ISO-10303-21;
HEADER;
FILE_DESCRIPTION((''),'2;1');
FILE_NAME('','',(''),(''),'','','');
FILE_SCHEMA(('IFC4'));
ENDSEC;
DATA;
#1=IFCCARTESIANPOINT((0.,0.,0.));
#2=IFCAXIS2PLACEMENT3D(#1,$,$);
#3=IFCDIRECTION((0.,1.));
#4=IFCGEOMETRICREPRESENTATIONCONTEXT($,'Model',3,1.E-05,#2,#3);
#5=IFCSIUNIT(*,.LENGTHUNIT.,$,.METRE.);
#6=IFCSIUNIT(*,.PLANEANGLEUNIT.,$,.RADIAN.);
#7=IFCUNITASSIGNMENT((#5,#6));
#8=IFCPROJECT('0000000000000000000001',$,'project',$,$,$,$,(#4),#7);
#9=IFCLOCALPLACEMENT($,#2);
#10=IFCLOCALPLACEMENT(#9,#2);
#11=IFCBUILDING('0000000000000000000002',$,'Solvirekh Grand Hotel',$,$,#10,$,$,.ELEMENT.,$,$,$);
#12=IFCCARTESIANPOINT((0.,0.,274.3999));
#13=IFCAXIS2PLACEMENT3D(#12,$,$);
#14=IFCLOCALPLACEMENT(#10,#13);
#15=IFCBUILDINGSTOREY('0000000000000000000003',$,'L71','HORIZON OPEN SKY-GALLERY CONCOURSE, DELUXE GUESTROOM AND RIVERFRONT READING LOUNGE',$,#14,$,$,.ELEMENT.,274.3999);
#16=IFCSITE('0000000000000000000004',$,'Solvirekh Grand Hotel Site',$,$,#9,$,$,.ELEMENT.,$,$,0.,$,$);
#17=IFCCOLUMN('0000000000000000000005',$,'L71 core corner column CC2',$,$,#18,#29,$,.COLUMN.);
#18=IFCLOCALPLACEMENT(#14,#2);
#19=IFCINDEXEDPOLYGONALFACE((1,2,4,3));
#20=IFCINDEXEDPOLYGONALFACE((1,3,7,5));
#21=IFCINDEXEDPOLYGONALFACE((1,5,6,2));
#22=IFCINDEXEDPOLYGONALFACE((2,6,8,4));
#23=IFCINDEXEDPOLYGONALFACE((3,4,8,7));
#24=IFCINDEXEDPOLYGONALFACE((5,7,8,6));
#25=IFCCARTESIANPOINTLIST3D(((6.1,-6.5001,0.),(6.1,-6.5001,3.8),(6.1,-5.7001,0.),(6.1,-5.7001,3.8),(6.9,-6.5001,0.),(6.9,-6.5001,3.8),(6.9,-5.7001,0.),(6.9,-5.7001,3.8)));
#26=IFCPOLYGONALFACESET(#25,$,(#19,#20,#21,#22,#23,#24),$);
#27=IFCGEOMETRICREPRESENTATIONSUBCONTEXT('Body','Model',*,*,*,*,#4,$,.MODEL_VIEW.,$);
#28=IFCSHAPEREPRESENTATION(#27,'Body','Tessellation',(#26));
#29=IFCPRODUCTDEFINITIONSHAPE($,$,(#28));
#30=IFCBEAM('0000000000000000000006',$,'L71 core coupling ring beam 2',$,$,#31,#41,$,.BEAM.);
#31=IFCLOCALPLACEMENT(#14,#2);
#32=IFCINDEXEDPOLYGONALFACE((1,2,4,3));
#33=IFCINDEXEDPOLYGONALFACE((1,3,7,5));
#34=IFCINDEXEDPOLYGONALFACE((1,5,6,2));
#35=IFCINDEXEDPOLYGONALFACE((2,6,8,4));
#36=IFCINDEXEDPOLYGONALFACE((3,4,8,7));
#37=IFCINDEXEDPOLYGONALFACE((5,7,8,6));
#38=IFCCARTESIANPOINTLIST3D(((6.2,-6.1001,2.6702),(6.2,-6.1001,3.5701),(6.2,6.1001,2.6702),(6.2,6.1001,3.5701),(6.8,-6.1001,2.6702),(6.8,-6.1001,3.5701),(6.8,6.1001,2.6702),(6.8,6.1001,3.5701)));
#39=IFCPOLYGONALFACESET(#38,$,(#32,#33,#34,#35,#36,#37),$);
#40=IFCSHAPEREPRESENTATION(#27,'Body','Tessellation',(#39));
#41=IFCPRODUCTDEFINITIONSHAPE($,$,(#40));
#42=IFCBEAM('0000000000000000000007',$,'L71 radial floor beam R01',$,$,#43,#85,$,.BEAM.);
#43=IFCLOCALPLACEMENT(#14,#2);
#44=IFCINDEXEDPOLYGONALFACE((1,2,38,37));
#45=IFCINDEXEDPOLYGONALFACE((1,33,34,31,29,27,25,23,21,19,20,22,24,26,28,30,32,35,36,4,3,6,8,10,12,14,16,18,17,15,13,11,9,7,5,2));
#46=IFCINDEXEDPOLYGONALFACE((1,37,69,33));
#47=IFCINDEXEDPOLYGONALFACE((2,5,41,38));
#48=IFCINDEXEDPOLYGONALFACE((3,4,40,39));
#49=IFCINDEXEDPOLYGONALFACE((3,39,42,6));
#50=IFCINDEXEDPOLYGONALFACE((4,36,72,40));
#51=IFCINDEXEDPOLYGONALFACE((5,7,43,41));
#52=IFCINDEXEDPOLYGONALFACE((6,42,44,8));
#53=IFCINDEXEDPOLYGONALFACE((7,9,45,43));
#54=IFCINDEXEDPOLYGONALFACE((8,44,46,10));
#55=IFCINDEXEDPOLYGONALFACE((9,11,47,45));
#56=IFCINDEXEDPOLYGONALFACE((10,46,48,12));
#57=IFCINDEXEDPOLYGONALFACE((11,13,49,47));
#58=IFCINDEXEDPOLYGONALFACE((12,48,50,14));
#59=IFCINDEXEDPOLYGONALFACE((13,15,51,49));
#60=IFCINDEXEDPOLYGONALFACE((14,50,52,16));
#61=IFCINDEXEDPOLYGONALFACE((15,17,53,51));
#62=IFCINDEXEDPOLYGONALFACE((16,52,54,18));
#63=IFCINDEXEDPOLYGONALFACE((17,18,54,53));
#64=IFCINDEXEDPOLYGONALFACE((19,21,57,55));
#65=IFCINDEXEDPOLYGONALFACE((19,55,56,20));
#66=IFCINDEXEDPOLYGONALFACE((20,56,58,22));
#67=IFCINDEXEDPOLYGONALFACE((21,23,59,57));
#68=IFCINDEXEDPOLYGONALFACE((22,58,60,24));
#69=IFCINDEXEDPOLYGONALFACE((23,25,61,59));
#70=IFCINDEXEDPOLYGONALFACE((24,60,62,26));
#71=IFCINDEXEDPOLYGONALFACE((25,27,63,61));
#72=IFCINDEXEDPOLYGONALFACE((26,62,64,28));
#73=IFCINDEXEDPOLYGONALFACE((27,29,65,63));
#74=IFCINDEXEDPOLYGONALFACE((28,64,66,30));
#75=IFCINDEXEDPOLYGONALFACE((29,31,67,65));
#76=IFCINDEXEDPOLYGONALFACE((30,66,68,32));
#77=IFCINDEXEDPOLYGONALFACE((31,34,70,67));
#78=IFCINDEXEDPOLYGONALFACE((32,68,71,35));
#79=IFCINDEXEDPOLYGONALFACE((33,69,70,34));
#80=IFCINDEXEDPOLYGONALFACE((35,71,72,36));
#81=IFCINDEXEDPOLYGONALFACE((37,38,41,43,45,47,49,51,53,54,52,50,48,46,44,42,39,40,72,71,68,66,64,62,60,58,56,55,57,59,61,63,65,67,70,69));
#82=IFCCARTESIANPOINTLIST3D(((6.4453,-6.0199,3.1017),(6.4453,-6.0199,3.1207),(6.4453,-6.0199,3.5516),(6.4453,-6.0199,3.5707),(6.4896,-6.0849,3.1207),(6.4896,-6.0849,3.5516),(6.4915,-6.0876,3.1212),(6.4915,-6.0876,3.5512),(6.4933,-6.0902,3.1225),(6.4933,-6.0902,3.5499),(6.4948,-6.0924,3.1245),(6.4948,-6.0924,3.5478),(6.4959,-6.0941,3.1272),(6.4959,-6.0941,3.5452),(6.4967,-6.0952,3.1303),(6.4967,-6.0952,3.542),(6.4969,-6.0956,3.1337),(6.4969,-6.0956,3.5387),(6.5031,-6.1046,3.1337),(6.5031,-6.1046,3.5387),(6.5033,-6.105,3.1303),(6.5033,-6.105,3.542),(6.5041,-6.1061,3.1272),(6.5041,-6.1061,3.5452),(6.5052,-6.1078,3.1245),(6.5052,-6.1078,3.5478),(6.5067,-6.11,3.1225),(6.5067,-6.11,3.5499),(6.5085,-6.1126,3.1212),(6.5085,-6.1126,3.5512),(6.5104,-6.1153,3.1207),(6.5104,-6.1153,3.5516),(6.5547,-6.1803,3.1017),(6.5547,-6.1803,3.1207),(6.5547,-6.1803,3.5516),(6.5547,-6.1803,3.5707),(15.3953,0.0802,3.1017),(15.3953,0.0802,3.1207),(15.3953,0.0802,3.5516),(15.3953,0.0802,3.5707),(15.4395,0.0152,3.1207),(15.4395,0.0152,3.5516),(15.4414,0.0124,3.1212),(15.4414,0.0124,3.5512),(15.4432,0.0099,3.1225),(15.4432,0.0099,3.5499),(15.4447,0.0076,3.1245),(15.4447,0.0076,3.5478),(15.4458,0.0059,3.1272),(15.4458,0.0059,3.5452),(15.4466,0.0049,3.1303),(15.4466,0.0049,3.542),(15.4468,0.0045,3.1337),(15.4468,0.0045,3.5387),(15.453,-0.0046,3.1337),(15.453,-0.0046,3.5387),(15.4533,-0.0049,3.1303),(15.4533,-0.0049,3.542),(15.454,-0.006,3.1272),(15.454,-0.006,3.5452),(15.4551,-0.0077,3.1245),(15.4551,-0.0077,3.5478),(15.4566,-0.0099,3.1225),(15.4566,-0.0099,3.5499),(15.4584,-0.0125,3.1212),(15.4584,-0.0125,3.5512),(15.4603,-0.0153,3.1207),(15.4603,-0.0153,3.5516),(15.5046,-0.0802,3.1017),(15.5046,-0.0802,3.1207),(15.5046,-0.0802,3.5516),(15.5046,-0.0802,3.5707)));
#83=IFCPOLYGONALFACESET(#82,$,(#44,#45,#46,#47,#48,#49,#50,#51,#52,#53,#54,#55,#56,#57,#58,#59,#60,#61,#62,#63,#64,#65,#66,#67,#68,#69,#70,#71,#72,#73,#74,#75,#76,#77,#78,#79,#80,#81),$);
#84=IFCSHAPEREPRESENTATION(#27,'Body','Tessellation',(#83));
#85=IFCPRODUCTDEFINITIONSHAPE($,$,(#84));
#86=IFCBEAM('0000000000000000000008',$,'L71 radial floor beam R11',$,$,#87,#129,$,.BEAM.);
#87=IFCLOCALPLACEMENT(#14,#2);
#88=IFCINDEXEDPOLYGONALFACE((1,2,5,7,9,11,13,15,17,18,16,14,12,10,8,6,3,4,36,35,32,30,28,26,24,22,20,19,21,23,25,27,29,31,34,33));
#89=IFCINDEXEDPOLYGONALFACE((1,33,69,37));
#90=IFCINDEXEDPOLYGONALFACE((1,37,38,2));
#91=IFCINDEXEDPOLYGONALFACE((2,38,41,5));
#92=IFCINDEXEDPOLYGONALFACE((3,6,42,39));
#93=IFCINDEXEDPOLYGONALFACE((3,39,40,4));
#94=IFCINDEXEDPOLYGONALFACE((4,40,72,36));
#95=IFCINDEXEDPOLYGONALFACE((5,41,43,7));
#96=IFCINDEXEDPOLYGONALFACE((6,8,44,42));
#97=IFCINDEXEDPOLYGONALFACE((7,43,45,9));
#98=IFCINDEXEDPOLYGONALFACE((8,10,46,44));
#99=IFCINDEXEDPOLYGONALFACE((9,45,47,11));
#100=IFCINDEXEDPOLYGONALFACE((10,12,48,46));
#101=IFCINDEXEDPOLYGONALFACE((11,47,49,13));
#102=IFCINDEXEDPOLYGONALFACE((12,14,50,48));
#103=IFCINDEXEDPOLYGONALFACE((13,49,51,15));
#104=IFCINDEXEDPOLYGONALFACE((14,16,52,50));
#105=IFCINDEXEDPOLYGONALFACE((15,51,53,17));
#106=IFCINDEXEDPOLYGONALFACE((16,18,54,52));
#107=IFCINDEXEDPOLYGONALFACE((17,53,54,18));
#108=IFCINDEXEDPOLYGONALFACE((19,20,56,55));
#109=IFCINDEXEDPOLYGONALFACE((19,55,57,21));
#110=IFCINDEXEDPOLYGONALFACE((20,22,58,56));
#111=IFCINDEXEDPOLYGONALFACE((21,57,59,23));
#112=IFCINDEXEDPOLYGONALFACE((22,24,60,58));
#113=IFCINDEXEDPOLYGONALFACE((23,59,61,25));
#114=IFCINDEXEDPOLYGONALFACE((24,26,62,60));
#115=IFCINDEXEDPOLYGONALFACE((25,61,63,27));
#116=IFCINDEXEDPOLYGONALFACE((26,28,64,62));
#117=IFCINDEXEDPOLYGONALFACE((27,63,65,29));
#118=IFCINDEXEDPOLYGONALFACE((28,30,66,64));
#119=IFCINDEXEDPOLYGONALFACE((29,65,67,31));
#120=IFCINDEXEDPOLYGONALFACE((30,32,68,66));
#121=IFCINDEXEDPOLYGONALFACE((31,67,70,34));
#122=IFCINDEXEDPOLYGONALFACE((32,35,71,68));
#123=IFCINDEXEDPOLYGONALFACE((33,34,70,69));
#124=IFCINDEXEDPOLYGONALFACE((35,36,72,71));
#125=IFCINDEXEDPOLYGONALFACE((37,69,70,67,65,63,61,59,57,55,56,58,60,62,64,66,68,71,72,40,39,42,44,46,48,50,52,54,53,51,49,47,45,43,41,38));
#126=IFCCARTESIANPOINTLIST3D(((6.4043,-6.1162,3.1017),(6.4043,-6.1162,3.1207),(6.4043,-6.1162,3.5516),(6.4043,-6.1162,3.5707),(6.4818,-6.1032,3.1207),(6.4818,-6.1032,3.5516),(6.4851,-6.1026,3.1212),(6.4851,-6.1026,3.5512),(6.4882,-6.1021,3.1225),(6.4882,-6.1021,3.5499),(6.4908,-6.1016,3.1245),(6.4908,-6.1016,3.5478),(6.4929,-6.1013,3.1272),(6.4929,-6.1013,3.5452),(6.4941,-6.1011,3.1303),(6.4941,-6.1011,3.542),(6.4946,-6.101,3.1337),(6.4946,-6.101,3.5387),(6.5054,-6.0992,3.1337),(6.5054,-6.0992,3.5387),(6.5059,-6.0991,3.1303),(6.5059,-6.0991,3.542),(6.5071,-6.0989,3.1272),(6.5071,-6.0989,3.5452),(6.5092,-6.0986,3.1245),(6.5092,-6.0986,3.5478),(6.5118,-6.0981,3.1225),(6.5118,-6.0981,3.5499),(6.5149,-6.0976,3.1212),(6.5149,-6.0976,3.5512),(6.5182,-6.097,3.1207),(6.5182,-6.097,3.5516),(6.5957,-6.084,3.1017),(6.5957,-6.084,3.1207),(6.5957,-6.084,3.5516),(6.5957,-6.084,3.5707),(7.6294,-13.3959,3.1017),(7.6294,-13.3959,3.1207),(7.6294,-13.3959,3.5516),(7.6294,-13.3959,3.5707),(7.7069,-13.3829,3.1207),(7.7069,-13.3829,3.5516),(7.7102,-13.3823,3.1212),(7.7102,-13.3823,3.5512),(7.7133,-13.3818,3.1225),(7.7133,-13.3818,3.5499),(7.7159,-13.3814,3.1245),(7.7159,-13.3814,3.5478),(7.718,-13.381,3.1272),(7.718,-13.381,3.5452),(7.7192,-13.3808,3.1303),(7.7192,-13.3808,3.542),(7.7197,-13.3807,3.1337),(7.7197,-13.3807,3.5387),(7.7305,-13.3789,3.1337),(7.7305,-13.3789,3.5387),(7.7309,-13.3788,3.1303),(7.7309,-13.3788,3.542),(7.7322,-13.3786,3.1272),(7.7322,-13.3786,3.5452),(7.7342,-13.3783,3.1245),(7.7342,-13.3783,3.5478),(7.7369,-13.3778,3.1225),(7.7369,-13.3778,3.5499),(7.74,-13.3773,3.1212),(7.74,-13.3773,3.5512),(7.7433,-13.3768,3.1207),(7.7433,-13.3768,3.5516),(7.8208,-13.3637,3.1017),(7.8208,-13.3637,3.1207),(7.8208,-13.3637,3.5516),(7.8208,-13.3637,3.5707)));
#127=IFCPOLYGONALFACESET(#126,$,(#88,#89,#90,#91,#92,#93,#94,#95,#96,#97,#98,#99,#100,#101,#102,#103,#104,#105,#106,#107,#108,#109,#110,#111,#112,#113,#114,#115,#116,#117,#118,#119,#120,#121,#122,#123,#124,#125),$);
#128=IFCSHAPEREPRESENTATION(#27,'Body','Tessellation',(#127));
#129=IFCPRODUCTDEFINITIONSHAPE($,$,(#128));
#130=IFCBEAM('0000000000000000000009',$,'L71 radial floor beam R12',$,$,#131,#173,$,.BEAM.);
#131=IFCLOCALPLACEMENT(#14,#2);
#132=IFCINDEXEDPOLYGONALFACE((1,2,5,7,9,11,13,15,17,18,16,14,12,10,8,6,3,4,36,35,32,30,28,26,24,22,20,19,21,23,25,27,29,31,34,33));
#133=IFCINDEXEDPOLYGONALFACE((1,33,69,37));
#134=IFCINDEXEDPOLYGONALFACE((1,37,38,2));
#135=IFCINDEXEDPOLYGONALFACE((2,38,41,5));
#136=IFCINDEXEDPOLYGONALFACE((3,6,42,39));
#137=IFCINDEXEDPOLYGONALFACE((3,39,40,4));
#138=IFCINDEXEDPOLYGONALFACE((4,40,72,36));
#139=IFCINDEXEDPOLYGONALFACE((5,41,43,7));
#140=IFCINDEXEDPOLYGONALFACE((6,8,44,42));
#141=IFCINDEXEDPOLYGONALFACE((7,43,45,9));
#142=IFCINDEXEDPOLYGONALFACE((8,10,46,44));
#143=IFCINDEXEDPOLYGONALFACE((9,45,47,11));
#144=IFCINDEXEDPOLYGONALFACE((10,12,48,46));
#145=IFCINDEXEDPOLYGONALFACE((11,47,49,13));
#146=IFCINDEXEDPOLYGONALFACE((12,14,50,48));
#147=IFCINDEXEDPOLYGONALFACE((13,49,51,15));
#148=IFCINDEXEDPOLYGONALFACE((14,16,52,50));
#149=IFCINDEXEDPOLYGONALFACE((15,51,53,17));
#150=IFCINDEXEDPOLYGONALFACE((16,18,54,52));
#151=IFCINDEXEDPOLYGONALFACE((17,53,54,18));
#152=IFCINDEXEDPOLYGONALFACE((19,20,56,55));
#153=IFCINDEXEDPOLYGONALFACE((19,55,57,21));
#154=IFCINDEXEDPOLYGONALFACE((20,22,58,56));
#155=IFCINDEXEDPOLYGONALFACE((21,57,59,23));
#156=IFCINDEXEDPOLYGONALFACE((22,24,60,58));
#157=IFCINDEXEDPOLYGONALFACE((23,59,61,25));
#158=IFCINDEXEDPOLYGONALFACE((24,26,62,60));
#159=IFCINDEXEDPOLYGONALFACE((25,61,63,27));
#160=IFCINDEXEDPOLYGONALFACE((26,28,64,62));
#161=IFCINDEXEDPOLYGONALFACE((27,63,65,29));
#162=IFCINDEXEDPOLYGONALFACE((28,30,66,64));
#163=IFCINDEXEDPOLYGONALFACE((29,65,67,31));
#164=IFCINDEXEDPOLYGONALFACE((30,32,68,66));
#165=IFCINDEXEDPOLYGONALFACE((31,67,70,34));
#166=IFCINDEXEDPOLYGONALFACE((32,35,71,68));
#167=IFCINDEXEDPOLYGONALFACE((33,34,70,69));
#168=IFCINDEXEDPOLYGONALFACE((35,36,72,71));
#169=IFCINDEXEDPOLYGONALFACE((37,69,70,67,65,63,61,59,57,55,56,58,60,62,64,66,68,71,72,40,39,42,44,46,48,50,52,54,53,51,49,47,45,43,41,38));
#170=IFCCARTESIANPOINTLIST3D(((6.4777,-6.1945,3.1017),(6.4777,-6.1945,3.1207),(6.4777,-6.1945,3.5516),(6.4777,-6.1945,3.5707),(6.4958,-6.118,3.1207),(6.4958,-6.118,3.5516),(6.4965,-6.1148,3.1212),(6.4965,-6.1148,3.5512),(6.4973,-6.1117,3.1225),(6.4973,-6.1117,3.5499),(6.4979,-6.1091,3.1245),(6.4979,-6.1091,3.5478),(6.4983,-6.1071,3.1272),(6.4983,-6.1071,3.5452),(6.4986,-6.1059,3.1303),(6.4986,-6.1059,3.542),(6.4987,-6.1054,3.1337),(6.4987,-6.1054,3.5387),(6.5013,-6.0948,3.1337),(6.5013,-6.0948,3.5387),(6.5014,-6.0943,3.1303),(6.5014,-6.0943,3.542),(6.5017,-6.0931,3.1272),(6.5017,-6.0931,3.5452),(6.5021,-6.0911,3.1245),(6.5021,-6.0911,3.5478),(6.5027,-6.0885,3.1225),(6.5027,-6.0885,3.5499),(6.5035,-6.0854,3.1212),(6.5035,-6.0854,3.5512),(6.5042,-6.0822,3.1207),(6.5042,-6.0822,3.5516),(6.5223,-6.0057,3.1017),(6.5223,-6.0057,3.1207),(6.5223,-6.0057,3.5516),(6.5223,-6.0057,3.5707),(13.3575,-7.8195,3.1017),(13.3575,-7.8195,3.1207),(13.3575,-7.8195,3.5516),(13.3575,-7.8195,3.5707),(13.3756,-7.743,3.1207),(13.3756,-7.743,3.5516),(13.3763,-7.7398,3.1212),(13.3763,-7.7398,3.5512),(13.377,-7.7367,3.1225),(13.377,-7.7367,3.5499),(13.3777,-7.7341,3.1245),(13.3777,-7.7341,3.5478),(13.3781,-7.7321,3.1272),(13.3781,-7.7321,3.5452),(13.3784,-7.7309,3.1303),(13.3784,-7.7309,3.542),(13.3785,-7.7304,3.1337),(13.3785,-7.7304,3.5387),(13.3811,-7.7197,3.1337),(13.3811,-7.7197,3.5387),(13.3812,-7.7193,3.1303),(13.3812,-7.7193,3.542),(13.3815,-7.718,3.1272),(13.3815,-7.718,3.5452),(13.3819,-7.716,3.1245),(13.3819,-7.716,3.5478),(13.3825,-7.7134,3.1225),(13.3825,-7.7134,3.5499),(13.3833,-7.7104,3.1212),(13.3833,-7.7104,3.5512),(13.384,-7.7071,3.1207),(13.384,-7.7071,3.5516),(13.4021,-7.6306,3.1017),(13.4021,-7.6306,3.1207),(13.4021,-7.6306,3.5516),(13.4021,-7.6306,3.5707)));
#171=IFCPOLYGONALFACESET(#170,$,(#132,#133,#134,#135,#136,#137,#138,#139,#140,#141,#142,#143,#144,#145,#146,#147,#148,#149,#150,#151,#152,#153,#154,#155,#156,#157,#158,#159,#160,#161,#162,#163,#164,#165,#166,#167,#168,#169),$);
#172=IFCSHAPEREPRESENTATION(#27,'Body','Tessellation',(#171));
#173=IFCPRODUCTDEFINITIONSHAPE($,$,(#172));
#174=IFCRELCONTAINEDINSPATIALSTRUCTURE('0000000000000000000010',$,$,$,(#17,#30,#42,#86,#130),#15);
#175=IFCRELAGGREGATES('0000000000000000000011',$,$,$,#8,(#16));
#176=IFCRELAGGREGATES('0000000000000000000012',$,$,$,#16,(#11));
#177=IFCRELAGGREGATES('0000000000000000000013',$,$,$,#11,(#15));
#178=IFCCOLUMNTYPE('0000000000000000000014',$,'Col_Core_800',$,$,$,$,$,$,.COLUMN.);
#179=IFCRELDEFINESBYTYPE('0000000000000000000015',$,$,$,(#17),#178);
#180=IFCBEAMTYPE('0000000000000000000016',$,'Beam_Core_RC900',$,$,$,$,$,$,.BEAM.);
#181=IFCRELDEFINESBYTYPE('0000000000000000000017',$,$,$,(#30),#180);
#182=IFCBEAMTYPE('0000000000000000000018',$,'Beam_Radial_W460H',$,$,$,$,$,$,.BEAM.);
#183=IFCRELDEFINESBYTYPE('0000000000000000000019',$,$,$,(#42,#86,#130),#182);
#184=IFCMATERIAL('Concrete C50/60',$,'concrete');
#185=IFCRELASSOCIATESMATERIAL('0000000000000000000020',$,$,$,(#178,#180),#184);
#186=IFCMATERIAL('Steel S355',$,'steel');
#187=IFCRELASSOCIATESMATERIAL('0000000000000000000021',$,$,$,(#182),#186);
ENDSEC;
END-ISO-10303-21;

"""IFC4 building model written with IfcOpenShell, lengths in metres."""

from ifc_helpers import new_model, si_unit, direction, frame, origin, origin_2d, place, context, subcontext, project, spatial, rectangle, i_section, extrude, material, material_profile, profile_set, type_object, element, save


model = new_model("IFC4")

# Units and contexts
model_context = context("Model", 3, precision=1e-05, world=origin(), true_north=direction((0.0, 1.0)))
body_context = subcontext(model_context, "Body", "Model", "MODEL_VIEW")
ifc_project = project(units=[si_unit("LENGTHUNIT", "METRE"), si_unit("PLANEANGLEUNIT", "RADIAN")], contexts=[model_context])

# Site, building, storey
site_placement = place(None, origin())
site = spatial("IfcSite", under=ifc_project, at=site_placement, Name="Solvirekh Grand Hotel Site", CompositionType="ELEMENT", RefElevation=0.0)
building_placement = place(site_placement, origin())
building = spatial("IfcBuilding", under=site, at=building_placement, Name="Solvirekh Grand Hotel", CompositionType="ELEMENT")
storey_placement = place(building_placement, frame((0.0, 0.0, 274.3999)))
storey = spatial("IfcBuildingStorey", under=building, at=storey_placement, Name="L71", Description="HORIZON OPEN SKY-GALLERY CONCOURSE, DELUXE GUESTROOM AND RIVERFRONT READING LOUNGE", CompositionType="ELEMENT", Elevation=274.3999)

# Column
ifc_material_1 = material(Name="Concrete C50/60", Category="concrete")
ifc_material_profile_1 = material_profile(ifc_material_1, rectangle(XDim=0.8, YDim=0.8, at=origin_2d()), Name="RC 800X800")
ifc_profile_set_1 = profile_set([ifc_material_profile_1], Name="Concrete C50/60")
column_type = type_object("IfcColumnType", Name="Col_Core_800", PredefinedType="COLUMN", material=ifc_profile_set_1)
column_placement = place(storey_placement, frame((6.5, -6.1001, 0.0), z_axis=(0.0, 0.0, 1.0), x_axis=(1.0, 0.0, 0.0)))
element("IfcColumn", 1, at=column_placement, inside=storey, type_object=column_type, Name="L71 core corner column CC2", PredefinedType="COLUMN", context=body_context, shape_type="SweptSolid", body=[
    extrude(rectangle(XDim=0.8, YDim=0.8, at=origin_2d()), origin(), (0.0, 0.0, 1.0), 3.8),
])

# Beams
ifc_material_profile_2 = material_profile(ifc_material_1, rectangle(XDim=0.6001, YDim=0.8999, at=origin_2d()), Name="RC BEAM 600X900")
ifc_profile_set_2 = profile_set([ifc_material_profile_2], Name="Concrete C50/60")
beam_type_1 = type_object("IfcBeamType", Name="Beam_Core_RC900", PredefinedType="BEAM", material=ifc_profile_set_2)
beam_1_placement = place(storey_placement, frame((6.5, -6.1001, 3.1201), z_axis=(0.0, 1.0, 0.0), x_axis=(-1.0, 0.0, 0.0)))
element("IfcBeam", 2, at=beam_1_placement, inside=storey, type_object=beam_type_1, Name="L71 core coupling ring beam 2", PredefinedType="BEAM", context=body_context, shape_type="SweptSolid", body=[
    extrude(rectangle(XDim=0.6001, YDim=0.8999, at=origin_2d()), origin(), (0.0, 0.0, 1.0), 12.2002),
])
ifc_material_2 = material(Name="Steel S355", Category="steel")
ifc_material_profile_3 = material_profile(ifc_material_2, i_section(OverallWidth=0.1941, OverallDepth=0.469, WebThickness=0.011, FlangeThickness=0.019, FilletRadius=0.0129, at=origin_2d()), Name="W460X106")
ifc_profile_set_3 = profile_set([ifc_material_profile_3], Name="Steel S355")
beam_type_2 = type_object("IfcBeamType", Name="Beam_Radial_W460H", PredefinedType="BEAM", material=ifc_profile_set_3)
beam_2_placement = place(storey_placement, frame((6.5, -6.1001, 3.3362), z_axis=(0.826319, 0.563202, 0.0), x_axis=(-0.563202, 0.826319, 0.0)))
element("IfcBeam", 3, at=beam_2_placement, inside=storey, type_object=beam_type_2, Name="L71 radial floor beam R01", PredefinedType="BEAM", context=body_context, shape_type="SweptSolid", body=[
    extrude(i_section(OverallWidth=0.1941, OverallDepth=0.469, WebThickness=0.011, FlangeThickness=0.019, FilletRadius=0.0129, at=origin_2d()), origin(), (0.0, 0.0, 1.0), 10.8311),
])
beam_3_placement = place(storey_placement, frame((6.5, -6.1001, 3.3362), z_axis=(0.165954, -0.986133, 0.0), x_axis=(0.986133, 0.165954, 0.0)))
element("IfcBeam", 4, at=beam_3_placement, inside=storey, type_object=beam_type_2, Name="L71 radial floor beam R11", PredefinedType="BEAM", context=body_context, shape_type="SweptSolid", body=[
    extrude(i_section(OverallWidth=0.1941, OverallDepth=0.469, WebThickness=0.011, FlangeThickness=0.019, FilletRadius=0.0129, at=origin_2d()), origin(), (0.0, 0.0, 1.0), 7.3821),
])
beam_4_placement = place(storey_placement, frame((6.5, -6.1001, 3.3362), z_axis=(0.973221, -0.229871, 0.0), x_axis=(0.229871, 0.973221, 0.0)))
element("IfcBeam", 5, at=beam_4_placement, inside=storey, type_object=beam_type_2, Name="L71 radial floor beam R12", PredefinedType="BEAM", context=body_context, shape_type="SweptSolid", body=[
    extrude(i_section(OverallWidth=0.1941, OverallDepth=0.469, WebThickness=0.011, FlangeThickness=0.019, FilletRadius=0.0129, at=origin_2d()), origin(), (0.0, 0.0, 1.0), 7.0691),
])

save(model, "model.ifc")
